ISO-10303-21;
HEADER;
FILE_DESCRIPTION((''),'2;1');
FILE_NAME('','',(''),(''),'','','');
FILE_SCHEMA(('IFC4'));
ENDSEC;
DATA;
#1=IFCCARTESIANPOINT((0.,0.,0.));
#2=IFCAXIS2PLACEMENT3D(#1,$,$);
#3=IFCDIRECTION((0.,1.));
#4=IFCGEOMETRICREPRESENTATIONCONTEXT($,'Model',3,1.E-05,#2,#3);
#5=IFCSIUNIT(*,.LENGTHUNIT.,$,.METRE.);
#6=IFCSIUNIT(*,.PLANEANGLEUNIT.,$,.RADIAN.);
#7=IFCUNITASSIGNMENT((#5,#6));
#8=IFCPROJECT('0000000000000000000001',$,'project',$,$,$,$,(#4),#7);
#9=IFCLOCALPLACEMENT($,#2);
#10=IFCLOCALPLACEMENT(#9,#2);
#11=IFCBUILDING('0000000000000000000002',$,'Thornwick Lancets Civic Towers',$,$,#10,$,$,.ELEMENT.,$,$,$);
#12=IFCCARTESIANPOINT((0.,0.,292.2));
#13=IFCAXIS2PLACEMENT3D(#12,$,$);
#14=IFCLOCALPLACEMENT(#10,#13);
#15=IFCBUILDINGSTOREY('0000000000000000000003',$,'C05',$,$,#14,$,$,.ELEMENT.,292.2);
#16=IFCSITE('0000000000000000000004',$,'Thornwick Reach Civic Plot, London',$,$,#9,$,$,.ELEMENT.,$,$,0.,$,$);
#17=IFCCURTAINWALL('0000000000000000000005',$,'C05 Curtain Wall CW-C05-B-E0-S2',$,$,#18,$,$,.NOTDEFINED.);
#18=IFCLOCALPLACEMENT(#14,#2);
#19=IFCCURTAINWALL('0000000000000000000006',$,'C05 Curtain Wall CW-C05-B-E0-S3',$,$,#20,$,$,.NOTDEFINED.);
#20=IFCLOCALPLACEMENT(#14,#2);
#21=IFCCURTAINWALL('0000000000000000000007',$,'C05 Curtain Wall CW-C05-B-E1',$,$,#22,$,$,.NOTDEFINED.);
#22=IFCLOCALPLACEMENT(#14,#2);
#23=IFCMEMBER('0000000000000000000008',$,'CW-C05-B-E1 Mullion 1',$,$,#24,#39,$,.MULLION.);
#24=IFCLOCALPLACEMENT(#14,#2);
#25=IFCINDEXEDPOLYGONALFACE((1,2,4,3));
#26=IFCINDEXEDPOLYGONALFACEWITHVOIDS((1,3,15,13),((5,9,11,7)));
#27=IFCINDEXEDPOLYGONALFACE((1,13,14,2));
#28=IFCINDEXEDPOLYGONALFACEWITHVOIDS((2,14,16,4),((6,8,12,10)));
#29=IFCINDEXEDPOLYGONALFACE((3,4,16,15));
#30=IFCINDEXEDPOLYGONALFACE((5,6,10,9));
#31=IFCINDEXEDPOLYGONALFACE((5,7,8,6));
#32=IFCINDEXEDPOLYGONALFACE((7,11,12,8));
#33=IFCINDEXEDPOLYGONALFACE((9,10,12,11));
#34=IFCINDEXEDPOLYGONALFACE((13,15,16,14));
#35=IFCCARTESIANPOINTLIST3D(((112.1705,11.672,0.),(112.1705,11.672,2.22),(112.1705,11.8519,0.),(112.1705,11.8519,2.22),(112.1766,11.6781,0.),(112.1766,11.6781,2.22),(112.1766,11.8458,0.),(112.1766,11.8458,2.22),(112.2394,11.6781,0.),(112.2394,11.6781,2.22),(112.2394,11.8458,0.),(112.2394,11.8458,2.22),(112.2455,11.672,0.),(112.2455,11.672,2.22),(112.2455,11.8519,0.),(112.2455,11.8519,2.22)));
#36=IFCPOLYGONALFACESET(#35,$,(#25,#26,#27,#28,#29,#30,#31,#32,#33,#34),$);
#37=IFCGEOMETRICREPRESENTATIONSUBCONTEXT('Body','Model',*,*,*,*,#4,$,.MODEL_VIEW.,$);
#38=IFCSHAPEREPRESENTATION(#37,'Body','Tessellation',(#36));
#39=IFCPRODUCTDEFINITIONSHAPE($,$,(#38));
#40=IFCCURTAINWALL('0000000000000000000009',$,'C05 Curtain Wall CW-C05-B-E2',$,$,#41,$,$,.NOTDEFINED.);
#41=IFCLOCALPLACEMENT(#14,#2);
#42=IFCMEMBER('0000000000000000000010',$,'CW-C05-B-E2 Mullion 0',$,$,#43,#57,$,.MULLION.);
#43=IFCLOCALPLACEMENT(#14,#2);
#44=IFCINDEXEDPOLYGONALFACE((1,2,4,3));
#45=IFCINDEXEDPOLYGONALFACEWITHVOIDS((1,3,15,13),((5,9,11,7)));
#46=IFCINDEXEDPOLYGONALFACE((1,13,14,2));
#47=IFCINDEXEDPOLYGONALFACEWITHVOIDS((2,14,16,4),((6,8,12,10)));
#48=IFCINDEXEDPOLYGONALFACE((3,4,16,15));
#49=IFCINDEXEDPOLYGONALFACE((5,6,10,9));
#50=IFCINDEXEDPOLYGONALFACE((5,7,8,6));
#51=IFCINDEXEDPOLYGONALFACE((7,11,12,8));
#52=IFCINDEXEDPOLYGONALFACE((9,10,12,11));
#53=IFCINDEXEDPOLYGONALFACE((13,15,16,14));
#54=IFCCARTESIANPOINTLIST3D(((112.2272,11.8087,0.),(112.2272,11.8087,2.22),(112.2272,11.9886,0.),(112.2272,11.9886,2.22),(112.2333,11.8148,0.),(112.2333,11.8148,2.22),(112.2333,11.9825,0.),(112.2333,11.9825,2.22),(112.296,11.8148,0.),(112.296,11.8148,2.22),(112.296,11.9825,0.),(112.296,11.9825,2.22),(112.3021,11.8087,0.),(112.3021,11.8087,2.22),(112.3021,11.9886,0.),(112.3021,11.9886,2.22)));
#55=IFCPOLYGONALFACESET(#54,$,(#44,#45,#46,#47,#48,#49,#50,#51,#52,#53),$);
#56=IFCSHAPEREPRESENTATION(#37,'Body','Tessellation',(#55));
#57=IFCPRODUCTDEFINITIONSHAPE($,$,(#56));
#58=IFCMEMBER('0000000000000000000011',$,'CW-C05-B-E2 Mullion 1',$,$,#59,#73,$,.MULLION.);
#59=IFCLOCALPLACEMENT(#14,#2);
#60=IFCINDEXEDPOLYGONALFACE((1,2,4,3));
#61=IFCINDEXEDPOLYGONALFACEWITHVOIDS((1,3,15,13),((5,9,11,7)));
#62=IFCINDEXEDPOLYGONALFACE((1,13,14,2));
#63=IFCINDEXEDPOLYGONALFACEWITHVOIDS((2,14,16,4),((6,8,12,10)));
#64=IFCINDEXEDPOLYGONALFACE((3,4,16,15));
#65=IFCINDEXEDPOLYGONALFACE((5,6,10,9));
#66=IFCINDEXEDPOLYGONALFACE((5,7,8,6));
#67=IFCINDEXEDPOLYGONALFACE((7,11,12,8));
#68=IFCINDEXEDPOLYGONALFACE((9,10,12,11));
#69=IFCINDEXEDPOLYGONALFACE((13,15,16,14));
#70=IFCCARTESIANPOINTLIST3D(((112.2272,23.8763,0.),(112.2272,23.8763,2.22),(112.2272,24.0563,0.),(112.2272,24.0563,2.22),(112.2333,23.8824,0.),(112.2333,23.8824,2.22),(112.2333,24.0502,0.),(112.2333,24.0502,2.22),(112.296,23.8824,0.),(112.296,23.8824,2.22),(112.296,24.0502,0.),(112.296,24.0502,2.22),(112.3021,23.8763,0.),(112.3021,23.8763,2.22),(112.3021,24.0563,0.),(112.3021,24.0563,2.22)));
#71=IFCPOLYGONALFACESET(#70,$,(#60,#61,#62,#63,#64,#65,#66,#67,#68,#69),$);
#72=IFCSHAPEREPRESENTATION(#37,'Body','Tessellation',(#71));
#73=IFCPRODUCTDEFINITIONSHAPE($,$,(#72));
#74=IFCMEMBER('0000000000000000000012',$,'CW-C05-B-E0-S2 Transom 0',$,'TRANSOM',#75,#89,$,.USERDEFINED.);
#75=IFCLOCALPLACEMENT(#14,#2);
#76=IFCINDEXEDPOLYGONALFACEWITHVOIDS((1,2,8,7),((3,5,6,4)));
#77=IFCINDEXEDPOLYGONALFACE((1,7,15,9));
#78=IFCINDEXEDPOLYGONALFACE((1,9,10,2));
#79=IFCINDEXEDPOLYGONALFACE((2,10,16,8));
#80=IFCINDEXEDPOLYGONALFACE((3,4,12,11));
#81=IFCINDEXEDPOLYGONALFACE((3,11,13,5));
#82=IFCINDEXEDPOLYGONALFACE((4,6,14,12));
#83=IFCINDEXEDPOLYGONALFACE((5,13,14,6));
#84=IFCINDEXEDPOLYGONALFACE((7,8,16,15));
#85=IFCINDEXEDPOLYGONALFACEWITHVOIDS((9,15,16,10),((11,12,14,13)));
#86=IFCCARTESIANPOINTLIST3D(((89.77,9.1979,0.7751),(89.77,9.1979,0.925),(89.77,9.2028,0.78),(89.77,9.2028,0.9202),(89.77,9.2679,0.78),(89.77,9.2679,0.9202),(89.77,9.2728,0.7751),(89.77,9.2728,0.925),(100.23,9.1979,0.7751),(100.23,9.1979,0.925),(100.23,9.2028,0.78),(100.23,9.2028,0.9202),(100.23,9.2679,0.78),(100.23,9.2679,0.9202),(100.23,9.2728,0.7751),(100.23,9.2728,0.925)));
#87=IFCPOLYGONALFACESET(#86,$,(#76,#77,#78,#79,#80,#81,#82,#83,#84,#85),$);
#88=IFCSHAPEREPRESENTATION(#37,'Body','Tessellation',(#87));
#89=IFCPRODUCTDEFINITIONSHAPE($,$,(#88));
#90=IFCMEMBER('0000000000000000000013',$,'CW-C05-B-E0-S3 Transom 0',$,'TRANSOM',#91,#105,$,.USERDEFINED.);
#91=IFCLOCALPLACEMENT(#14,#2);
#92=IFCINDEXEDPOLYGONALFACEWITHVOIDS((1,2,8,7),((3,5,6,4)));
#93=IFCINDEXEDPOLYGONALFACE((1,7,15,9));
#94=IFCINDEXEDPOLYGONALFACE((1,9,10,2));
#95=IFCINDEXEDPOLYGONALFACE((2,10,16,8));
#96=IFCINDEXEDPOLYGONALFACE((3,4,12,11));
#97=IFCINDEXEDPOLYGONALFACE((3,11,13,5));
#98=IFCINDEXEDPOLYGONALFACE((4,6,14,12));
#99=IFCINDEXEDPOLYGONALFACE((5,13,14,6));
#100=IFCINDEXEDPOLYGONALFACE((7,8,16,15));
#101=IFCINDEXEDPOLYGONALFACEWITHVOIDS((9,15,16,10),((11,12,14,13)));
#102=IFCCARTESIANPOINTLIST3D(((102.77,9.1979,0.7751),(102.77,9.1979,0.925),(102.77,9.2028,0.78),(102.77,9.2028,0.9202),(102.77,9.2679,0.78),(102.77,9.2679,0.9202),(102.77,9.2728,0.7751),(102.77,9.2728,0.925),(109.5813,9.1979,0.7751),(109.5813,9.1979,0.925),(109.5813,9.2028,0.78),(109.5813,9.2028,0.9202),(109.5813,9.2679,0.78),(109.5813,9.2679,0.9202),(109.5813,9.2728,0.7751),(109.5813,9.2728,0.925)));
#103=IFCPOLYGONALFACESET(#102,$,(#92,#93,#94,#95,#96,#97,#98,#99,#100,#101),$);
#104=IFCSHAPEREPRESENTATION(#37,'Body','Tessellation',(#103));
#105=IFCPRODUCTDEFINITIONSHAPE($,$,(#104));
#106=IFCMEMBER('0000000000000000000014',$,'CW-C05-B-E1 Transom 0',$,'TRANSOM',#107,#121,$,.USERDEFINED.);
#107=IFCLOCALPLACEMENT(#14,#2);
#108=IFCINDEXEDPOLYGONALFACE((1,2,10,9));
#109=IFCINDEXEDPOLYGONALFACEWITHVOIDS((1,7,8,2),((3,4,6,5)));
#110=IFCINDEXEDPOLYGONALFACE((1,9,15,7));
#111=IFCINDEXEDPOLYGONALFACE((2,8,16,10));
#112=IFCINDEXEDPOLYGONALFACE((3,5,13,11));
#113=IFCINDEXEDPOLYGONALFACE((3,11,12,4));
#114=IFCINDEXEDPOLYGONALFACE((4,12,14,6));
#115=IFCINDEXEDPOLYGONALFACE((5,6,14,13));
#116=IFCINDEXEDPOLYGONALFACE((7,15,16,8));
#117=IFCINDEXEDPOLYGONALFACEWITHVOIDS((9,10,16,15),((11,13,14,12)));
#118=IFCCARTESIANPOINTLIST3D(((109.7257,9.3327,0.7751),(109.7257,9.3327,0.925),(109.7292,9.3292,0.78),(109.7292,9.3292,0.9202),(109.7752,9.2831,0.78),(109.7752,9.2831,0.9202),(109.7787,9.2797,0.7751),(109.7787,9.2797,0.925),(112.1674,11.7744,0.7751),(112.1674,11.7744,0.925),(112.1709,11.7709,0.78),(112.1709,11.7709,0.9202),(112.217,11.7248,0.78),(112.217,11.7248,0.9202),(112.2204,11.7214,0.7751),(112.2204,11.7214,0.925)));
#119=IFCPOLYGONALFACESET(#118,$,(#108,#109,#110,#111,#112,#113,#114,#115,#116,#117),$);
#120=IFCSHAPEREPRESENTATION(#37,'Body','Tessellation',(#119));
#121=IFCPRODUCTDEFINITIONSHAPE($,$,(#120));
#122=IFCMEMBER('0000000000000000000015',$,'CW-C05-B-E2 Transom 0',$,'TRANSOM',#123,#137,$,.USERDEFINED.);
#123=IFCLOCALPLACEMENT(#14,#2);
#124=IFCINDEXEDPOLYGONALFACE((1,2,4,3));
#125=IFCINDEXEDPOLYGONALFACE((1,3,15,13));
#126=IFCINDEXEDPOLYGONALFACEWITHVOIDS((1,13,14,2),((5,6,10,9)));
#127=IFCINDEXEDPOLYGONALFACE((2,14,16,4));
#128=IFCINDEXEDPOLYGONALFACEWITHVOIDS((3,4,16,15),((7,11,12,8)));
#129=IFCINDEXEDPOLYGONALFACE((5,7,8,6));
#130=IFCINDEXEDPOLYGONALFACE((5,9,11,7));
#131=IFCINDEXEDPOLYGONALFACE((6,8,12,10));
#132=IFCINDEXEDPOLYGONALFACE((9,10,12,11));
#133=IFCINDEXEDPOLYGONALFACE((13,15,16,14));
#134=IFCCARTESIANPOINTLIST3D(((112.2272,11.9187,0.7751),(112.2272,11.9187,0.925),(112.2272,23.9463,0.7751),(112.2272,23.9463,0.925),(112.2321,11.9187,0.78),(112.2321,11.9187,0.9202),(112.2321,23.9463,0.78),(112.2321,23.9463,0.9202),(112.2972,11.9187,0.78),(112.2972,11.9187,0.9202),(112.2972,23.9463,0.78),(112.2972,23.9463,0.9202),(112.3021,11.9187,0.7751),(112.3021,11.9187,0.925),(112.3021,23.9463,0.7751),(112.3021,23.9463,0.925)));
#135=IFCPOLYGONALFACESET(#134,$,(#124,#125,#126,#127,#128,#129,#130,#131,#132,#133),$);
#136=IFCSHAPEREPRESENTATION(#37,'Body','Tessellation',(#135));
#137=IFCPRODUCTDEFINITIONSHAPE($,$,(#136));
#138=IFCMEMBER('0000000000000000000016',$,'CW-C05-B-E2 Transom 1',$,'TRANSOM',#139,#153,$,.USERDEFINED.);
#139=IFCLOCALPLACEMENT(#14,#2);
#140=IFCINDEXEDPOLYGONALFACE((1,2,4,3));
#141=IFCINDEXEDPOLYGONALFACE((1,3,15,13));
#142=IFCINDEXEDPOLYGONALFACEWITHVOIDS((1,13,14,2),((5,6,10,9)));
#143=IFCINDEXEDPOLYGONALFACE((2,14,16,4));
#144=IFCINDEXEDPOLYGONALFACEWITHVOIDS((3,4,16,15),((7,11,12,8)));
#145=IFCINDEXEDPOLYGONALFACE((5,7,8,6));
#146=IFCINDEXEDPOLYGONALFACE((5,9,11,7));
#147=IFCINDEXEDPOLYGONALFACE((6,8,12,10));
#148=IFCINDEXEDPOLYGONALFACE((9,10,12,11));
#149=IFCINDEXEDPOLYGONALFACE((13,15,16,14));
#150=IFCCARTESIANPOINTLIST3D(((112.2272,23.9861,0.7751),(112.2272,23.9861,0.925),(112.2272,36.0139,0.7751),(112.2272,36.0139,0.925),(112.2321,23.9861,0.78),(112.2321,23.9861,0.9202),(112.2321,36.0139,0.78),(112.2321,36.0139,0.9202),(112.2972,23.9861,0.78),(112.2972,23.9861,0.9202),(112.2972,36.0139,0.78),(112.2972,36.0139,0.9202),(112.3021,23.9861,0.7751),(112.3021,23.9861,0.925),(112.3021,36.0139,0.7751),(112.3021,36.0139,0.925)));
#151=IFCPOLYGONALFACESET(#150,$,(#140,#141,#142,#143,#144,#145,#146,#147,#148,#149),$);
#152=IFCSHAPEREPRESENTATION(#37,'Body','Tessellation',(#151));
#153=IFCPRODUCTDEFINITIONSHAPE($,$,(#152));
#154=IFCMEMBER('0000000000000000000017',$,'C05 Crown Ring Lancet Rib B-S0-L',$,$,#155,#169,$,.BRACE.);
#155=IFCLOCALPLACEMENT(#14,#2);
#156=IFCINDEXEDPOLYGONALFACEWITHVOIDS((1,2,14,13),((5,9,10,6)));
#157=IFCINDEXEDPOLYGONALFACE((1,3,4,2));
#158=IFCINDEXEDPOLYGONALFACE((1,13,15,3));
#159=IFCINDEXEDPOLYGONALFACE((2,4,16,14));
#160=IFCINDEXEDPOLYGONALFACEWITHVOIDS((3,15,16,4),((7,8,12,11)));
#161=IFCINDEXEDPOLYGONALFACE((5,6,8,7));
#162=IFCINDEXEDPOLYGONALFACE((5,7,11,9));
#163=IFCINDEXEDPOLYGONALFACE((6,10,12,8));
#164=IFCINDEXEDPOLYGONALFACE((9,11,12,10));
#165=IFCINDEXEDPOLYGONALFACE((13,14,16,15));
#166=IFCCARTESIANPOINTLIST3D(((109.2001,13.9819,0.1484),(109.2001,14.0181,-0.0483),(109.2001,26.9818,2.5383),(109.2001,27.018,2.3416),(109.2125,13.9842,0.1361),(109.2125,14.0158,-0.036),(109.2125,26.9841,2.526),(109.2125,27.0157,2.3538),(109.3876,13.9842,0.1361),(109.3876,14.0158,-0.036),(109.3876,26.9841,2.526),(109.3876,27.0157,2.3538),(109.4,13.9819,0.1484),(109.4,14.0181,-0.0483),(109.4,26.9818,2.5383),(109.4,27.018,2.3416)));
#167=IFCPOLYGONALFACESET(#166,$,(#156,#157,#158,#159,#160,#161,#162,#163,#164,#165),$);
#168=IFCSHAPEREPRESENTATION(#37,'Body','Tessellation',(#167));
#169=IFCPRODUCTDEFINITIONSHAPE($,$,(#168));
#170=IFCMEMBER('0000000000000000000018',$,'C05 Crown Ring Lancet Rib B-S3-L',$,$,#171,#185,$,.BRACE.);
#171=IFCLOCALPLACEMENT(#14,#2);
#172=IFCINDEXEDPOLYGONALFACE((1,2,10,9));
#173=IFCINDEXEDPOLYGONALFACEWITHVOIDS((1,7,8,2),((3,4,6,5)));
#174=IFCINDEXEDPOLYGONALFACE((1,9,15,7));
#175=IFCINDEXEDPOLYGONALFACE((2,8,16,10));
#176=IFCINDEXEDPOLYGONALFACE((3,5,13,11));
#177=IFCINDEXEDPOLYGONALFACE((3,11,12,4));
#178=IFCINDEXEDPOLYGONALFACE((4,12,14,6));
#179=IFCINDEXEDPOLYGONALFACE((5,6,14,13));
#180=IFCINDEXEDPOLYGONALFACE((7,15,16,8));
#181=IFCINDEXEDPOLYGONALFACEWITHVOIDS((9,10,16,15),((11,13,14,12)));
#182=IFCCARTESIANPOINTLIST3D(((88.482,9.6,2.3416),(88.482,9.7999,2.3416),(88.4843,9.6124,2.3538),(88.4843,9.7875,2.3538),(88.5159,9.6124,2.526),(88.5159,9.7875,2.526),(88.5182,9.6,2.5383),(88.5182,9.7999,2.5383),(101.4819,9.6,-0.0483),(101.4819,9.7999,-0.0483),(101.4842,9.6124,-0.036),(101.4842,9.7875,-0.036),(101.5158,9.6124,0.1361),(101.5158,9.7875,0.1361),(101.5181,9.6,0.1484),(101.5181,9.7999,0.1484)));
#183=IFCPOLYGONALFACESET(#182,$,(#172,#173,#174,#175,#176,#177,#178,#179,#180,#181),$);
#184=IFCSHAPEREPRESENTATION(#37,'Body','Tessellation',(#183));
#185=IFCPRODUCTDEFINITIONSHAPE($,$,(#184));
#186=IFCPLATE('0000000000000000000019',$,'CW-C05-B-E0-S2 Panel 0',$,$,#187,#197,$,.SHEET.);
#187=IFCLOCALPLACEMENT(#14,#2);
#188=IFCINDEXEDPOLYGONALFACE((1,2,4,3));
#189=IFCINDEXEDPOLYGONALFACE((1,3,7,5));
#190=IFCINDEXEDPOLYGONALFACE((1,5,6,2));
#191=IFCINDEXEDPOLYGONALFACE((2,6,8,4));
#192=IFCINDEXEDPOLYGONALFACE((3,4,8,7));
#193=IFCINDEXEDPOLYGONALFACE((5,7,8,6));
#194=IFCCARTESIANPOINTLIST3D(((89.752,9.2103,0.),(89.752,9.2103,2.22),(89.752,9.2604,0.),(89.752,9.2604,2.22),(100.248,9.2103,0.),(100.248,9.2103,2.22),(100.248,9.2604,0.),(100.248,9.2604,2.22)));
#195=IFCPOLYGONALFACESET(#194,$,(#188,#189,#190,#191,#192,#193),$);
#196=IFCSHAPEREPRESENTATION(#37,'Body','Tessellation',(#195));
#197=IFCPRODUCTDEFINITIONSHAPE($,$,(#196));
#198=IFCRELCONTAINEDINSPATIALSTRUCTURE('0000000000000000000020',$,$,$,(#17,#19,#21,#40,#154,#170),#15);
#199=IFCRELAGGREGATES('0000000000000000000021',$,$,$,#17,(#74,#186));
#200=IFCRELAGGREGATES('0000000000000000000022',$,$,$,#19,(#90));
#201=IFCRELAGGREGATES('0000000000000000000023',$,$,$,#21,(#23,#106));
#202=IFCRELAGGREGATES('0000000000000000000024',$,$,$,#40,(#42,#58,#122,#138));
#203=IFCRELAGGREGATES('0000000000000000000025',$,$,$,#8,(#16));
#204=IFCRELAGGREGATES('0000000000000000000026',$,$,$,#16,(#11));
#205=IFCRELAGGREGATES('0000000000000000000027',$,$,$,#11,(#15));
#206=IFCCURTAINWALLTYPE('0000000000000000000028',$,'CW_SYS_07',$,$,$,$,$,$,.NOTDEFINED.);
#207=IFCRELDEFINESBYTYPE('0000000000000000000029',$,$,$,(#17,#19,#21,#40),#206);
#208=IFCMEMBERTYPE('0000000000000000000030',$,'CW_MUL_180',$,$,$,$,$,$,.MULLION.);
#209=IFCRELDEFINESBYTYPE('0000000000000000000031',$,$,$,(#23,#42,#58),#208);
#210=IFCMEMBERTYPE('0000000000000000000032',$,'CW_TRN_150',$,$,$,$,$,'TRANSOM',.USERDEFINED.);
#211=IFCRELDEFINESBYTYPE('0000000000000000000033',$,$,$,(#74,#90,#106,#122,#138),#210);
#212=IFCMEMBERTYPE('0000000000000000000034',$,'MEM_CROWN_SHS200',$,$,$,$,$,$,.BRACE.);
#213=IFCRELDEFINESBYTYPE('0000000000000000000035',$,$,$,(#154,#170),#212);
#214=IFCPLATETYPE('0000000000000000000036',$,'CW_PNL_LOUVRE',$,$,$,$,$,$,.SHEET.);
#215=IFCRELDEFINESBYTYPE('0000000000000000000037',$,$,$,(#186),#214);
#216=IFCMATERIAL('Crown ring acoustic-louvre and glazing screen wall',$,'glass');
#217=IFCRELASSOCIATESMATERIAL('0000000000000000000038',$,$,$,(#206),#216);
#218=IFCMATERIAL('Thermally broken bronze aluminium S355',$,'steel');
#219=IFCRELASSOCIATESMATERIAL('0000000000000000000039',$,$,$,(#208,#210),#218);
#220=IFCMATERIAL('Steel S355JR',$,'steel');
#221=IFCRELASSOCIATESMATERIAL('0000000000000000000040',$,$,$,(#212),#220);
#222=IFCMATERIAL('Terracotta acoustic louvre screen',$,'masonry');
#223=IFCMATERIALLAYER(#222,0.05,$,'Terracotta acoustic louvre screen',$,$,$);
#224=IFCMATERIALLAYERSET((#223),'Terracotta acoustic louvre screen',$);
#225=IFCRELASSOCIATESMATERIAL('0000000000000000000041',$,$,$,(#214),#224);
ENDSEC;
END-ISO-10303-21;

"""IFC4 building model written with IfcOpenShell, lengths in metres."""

from ifc_helpers import new_model, si_unit, direction, frame, origin, origin_2d, place, context, subcontext, project, spatial, rectangle, hollow_rectangle, extrude, material, layer, layer_set, material_profile, profile_set, type_object, element, aggregate, save


model = new_model("IFC4")

# Units and contexts
model_context = context("Model", 3, precision=1e-05, world=origin(), true_north=direction((0.0, 1.0)))
body_context = subcontext(model_context, "Body", "Model", "MODEL_VIEW")
ifc_project = project(units=[si_unit("LENGTHUNIT", "METRE"), si_unit("PLANEANGLEUNIT", "RADIAN")], contexts=[model_context])

# Site, building, storey
site_placement = place(None, origin())
site = spatial("IfcSite", under=ifc_project, at=site_placement, Name="Thornwick Reach Civic Plot, London", CompositionType="ELEMENT", RefElevation=0.0)
building_placement = place(site_placement, origin())
building = spatial("IfcBuilding", under=site, at=building_placement, Name="Thornwick Lancets Civic Towers", CompositionType="ELEMENT")
storey_placement = place(building_placement, frame((0.0, 0.0, 292.2)))
storey = spatial("IfcBuildingStorey", under=building, at=storey_placement, Name="C05", CompositionType="ELEMENT", Elevation=292.2)

# Shared definitions
ifc_material_1 = material(Name="Steel S355JR", Category="steel")

# Curtain walls, members
ifc_material_2 = material(Name="Crown ring acoustic-louvre and glazing screen wall", Category="glass")
curtain_wall_type = type_object("IfcCurtainWallType", Name="CW_SYS_07", PredefinedType="NOTDEFINED", material=ifc_material_2)
curtain_wall_1_placement = place(storey_placement, origin())
curtain_wall_1 = element("IfcCurtainWall", 1, at=curtain_wall_1_placement, inside=storey, type_object=curtain_wall_type, Name="C05 Curtain Wall CW-C05-B-E0-S2", PredefinedType="NOTDEFINED")
ifc_material_3 = material(Name="Thermally broken bronze aluminium S355", Category="steel")
ifc_material_profile_1 = material_profile(ifc_material_3, hollow_rectangle(XDim=0.075, YDim=0.1799, WallThickness=0.0061, at=origin_2d()), Name="RHS 180x75x6")
ifc_profile_set_1 = profile_set([ifc_material_profile_1], Name="Thermally broken bronze aluminium S355")
member_type_1 = type_object("IfcMemberType", Name="CW_MUL_180", PredefinedType="MULLION", material=ifc_profile_set_1)
curtain_wall_2_placement = place(storey_placement, origin())
curtain_wall_2 = element("IfcCurtainWall", 2, at=curtain_wall_2_placement, inside=storey, type_object=curtain_wall_type, Name="C05 Curtain Wall CW-C05-B-E0-S3", PredefinedType="NOTDEFINED")
curtain_wall_3_placement = place(storey_placement, origin())
curtain_wall_3 = element("IfcCurtainWall", 3, at=curtain_wall_3_placement, inside=storey, type_object=curtain_wall_type, Name="C05 Curtain Wall CW-C05-B-E1", PredefinedType="NOTDEFINED")
member_1_placement = place(storey_placement, frame((112.208, 11.762, 0.0), z_axis=(0.0, 0.0, 1.0), x_axis=(1.0, 0.0, 0.0)))
member_1 = element("IfcMember", 4, at=member_1_placement, type_object=member_type_1, Name="CW-C05-B-E1 Mullion 1", PredefinedType="MULLION", context=body_context, shape_type="SweptSolid", body=[
    extrude(hollow_rectangle(XDim=0.075, YDim=0.1799, WallThickness=0.0061, at=origin_2d()), origin(), (0.0, 0.0, 1.0), 2.22),
])
curtain_wall_4_placement = place(storey_placement, origin())
curtain_wall_4 = element("IfcCurtainWall", 5, at=curtain_wall_4_placement, inside=storey, type_object=curtain_wall_type, Name="C05 Curtain Wall CW-C05-B-E2", PredefinedType="NOTDEFINED")
member_2_placement = place(storey_placement, frame((112.2646, 11.8987, 0.0), z_axis=(0.0, 0.0, 1.0), x_axis=(1.0, 0.0, 0.0)))
member_2 = element("IfcMember", 6, at=member_2_placement, type_object=member_type_1, Name="CW-C05-B-E2 Mullion 0", PredefinedType="MULLION", context=body_context, shape_type="SweptSolid", body=[
    extrude(hollow_rectangle(XDim=0.075, YDim=0.1799, WallThickness=0.0061, at=origin_2d()), origin(), (0.0, 0.0, 1.0), 2.22),
])
member_3_placement = place(storey_placement, frame((112.2646, 23.9663, 0.0), z_axis=(0.0, 0.0, 1.0), x_axis=(1.0, 0.0, 0.0)))
member_3 = element("IfcMember", 7, at=member_3_placement, type_object=member_type_1, Name="CW-C05-B-E2 Mullion 1", PredefinedType="MULLION", context=body_context, shape_type="SweptSolid", body=[
    extrude(hollow_rectangle(XDim=0.075, YDim=0.1799, WallThickness=0.0061, at=origin_2d()), origin(), (0.0, 0.0, 1.0), 2.22),
])

# Members
ifc_material_profile_2 = material_profile(ifc_material_3, hollow_rectangle(XDim=0.075, YDim=0.1499, WallThickness=0.0049, at=origin_2d()), Name="RHS 150x75x5")
ifc_profile_set_2 = profile_set([ifc_material_profile_2], Name="Thermally broken bronze aluminium S355")
member_type_2 = type_object("IfcMemberType", Name="CW_TRN_150", ElementType="TRANSOM", PredefinedType="USERDEFINED", material=ifc_profile_set_2)
member_4_placement = place(storey_placement, frame((89.77, 9.2354, 0.8501), z_axis=(1.0, 0.0, 0.0), x_axis=(0.0, 1.0, 0.0)))
member_4 = element("IfcMember", 8, at=member_4_placement, type_object=member_type_2, Name="CW-C05-B-E0-S2 Transom 0", ObjectType="TRANSOM", PredefinedType="USERDEFINED", context=body_context, shape_type="SweptSolid", body=[
    extrude(hollow_rectangle(XDim=0.075, YDim=0.1499, WallThickness=0.0049, at=origin_2d()), origin(), (0.0, 0.0, 1.0), 10.46),
])
member_5_placement = place(storey_placement, frame((102.77, 9.2354, 0.8501), z_axis=(1.0, 0.0, 0.0), x_axis=(0.0, 1.0, 0.0)))
member_5 = element("IfcMember", 9, at=member_5_placement, type_object=member_type_2, Name="CW-C05-B-E0-S3 Transom 0", ObjectType="TRANSOM", PredefinedType="USERDEFINED", context=body_context, shape_type="SweptSolid", body=[
    extrude(hollow_rectangle(XDim=0.075, YDim=0.1499, WallThickness=0.0049, at=origin_2d()), origin(), (0.0, 0.0, 1.0), 6.8113),
])
member_6_placement = place(storey_placement, frame((109.7522, 9.3062, 0.8501), z_axis=(0.707107, 0.707107, 0.0), x_axis=(-0.707107, 0.707107, 0.0)))
member_6 = element("IfcMember", 10, at=member_6_placement, type_object=member_type_2, Name="CW-C05-B-E1 Transom 0", ObjectType="TRANSOM", PredefinedType="USERDEFINED", context=body_context, shape_type="SweptSolid", body=[
    extrude(hollow_rectangle(XDim=0.075, YDim=0.1499, WallThickness=0.0049, at=origin_2d()), origin(), (0.0, 0.0, 1.0), 3.4531),
])
member_7_placement = place(storey_placement, frame((112.2646, 11.9187, 0.8501), z_axis=(0.0, 1.0, 0.0), x_axis=(-1.0, 0.0, 0.0)))
member_7 = element("IfcMember", 11, at=member_7_placement, type_object=member_type_2, Name="CW-C05-B-E2 Transom 0", ObjectType="TRANSOM", PredefinedType="USERDEFINED", context=body_context, shape_type="SweptSolid", body=[
    extrude(hollow_rectangle(XDim=0.075, YDim=0.1499, WallThickness=0.0049, at=origin_2d()), origin(), (0.0, 0.0, 1.0), 12.0276),
])
member_8_placement = place(storey_placement, frame((112.2646, 23.9861, 0.8501), z_axis=(0.0, 1.0, 0.0), x_axis=(-1.0, 0.0, 0.0)))
member_8 = element("IfcMember", 12, at=member_8_placement, type_object=member_type_2, Name="CW-C05-B-E2 Transom 1", ObjectType="TRANSOM", PredefinedType="USERDEFINED", context=body_context, shape_type="SweptSolid", body=[
    extrude(hollow_rectangle(XDim=0.075, YDim=0.1499, WallThickness=0.0049, at=origin_2d()), origin(), (0.0, 0.0, 1.0), 12.0278),
])

# Members
ifc_material_profile_3 = material_profile(ifc_material_1, hollow_rectangle(XDim=0.2, YDim=0.2, WallThickness=0.0125, at=origin_2d()), Name="SHS 200x200x12.5")
ifc_profile_set_3 = profile_set([ifc_material_profile_3], Name="Steel S355JR")
member_type_3 = type_object("IfcMemberType", Name="MEM_CROWN_SHS200", PredefinedType="BRACE", material=ifc_profile_set_3)
for number, where, z_axis, x_axis, name in (
    (13, (109.3, 14.0, 0.05), (0.0, 0.983518, 0.180808), (-1.0, 0.0, 0.0), "C05 Crown Ring Lancet Rib B-S0-L"),
    (14, (101.5, 9.7, 0.05), (-0.983518, 0.0, 0.180808), (0.0, -1.0, 0.0), "C05 Crown Ring Lancet Rib B-S3-L"),
):
    element("IfcMember", number, at=place(storey_placement, frame(where, z_axis=z_axis, x_axis=x_axis)), inside=storey, type_object=member_type_3, Name=name, PredefinedType="BRACE", context=body_context, shape_type="SweptSolid", body=[
        extrude(hollow_rectangle(XDim=0.2, YDim=0.2, WallThickness=0.0125, at=origin_2d()), origin(), (0.0, 0.0, 1.0), 13.2178),
    ])

# Plate
ifc_material_4 = material(Name="Terracotta acoustic louvre screen", Category="masonry")
ifc_layer_1 = layer(ifc_material_4, 0.05, Name="Terracotta acoustic louvre screen")
ifc_layer_set_1 = layer_set([ifc_layer_1], Name="Terracotta acoustic louvre screen")
plate_type_1 = type_object("IfcPlateType", Name="CW_PNL_LOUVRE", PredefinedType="SHEET", material=ifc_layer_set_1)
plate_1_placement = place(storey_placement, frame((95.0, 9.2354, 0.0), z_axis=(0.0, 0.0, 1.0), x_axis=(1.0, 0.0, 0.0)))
plate_1 = element("IfcPlate", 15, at=plate_1_placement, type_object=plate_type_1, Name="CW-C05-B-E0-S2 Panel 0", PredefinedType="SHEET", context=body_context, shape_type="SweptSolid", body=[
    extrude(rectangle(XDim=10.4961, YDim=0.05, at=origin_2d()), origin(), (0.0, 0.0, 1.0), 2.22),
])
aggregate(curtain_wall_1, [member_4, plate_1])
aggregate(curtain_wall_2, [member_5])
aggregate(curtain_wall_3, [member_1, member_6])
aggregate(curtain_wall_4, [member_2, member_3, member_7, member_8])

save(model, "model.ifc")
